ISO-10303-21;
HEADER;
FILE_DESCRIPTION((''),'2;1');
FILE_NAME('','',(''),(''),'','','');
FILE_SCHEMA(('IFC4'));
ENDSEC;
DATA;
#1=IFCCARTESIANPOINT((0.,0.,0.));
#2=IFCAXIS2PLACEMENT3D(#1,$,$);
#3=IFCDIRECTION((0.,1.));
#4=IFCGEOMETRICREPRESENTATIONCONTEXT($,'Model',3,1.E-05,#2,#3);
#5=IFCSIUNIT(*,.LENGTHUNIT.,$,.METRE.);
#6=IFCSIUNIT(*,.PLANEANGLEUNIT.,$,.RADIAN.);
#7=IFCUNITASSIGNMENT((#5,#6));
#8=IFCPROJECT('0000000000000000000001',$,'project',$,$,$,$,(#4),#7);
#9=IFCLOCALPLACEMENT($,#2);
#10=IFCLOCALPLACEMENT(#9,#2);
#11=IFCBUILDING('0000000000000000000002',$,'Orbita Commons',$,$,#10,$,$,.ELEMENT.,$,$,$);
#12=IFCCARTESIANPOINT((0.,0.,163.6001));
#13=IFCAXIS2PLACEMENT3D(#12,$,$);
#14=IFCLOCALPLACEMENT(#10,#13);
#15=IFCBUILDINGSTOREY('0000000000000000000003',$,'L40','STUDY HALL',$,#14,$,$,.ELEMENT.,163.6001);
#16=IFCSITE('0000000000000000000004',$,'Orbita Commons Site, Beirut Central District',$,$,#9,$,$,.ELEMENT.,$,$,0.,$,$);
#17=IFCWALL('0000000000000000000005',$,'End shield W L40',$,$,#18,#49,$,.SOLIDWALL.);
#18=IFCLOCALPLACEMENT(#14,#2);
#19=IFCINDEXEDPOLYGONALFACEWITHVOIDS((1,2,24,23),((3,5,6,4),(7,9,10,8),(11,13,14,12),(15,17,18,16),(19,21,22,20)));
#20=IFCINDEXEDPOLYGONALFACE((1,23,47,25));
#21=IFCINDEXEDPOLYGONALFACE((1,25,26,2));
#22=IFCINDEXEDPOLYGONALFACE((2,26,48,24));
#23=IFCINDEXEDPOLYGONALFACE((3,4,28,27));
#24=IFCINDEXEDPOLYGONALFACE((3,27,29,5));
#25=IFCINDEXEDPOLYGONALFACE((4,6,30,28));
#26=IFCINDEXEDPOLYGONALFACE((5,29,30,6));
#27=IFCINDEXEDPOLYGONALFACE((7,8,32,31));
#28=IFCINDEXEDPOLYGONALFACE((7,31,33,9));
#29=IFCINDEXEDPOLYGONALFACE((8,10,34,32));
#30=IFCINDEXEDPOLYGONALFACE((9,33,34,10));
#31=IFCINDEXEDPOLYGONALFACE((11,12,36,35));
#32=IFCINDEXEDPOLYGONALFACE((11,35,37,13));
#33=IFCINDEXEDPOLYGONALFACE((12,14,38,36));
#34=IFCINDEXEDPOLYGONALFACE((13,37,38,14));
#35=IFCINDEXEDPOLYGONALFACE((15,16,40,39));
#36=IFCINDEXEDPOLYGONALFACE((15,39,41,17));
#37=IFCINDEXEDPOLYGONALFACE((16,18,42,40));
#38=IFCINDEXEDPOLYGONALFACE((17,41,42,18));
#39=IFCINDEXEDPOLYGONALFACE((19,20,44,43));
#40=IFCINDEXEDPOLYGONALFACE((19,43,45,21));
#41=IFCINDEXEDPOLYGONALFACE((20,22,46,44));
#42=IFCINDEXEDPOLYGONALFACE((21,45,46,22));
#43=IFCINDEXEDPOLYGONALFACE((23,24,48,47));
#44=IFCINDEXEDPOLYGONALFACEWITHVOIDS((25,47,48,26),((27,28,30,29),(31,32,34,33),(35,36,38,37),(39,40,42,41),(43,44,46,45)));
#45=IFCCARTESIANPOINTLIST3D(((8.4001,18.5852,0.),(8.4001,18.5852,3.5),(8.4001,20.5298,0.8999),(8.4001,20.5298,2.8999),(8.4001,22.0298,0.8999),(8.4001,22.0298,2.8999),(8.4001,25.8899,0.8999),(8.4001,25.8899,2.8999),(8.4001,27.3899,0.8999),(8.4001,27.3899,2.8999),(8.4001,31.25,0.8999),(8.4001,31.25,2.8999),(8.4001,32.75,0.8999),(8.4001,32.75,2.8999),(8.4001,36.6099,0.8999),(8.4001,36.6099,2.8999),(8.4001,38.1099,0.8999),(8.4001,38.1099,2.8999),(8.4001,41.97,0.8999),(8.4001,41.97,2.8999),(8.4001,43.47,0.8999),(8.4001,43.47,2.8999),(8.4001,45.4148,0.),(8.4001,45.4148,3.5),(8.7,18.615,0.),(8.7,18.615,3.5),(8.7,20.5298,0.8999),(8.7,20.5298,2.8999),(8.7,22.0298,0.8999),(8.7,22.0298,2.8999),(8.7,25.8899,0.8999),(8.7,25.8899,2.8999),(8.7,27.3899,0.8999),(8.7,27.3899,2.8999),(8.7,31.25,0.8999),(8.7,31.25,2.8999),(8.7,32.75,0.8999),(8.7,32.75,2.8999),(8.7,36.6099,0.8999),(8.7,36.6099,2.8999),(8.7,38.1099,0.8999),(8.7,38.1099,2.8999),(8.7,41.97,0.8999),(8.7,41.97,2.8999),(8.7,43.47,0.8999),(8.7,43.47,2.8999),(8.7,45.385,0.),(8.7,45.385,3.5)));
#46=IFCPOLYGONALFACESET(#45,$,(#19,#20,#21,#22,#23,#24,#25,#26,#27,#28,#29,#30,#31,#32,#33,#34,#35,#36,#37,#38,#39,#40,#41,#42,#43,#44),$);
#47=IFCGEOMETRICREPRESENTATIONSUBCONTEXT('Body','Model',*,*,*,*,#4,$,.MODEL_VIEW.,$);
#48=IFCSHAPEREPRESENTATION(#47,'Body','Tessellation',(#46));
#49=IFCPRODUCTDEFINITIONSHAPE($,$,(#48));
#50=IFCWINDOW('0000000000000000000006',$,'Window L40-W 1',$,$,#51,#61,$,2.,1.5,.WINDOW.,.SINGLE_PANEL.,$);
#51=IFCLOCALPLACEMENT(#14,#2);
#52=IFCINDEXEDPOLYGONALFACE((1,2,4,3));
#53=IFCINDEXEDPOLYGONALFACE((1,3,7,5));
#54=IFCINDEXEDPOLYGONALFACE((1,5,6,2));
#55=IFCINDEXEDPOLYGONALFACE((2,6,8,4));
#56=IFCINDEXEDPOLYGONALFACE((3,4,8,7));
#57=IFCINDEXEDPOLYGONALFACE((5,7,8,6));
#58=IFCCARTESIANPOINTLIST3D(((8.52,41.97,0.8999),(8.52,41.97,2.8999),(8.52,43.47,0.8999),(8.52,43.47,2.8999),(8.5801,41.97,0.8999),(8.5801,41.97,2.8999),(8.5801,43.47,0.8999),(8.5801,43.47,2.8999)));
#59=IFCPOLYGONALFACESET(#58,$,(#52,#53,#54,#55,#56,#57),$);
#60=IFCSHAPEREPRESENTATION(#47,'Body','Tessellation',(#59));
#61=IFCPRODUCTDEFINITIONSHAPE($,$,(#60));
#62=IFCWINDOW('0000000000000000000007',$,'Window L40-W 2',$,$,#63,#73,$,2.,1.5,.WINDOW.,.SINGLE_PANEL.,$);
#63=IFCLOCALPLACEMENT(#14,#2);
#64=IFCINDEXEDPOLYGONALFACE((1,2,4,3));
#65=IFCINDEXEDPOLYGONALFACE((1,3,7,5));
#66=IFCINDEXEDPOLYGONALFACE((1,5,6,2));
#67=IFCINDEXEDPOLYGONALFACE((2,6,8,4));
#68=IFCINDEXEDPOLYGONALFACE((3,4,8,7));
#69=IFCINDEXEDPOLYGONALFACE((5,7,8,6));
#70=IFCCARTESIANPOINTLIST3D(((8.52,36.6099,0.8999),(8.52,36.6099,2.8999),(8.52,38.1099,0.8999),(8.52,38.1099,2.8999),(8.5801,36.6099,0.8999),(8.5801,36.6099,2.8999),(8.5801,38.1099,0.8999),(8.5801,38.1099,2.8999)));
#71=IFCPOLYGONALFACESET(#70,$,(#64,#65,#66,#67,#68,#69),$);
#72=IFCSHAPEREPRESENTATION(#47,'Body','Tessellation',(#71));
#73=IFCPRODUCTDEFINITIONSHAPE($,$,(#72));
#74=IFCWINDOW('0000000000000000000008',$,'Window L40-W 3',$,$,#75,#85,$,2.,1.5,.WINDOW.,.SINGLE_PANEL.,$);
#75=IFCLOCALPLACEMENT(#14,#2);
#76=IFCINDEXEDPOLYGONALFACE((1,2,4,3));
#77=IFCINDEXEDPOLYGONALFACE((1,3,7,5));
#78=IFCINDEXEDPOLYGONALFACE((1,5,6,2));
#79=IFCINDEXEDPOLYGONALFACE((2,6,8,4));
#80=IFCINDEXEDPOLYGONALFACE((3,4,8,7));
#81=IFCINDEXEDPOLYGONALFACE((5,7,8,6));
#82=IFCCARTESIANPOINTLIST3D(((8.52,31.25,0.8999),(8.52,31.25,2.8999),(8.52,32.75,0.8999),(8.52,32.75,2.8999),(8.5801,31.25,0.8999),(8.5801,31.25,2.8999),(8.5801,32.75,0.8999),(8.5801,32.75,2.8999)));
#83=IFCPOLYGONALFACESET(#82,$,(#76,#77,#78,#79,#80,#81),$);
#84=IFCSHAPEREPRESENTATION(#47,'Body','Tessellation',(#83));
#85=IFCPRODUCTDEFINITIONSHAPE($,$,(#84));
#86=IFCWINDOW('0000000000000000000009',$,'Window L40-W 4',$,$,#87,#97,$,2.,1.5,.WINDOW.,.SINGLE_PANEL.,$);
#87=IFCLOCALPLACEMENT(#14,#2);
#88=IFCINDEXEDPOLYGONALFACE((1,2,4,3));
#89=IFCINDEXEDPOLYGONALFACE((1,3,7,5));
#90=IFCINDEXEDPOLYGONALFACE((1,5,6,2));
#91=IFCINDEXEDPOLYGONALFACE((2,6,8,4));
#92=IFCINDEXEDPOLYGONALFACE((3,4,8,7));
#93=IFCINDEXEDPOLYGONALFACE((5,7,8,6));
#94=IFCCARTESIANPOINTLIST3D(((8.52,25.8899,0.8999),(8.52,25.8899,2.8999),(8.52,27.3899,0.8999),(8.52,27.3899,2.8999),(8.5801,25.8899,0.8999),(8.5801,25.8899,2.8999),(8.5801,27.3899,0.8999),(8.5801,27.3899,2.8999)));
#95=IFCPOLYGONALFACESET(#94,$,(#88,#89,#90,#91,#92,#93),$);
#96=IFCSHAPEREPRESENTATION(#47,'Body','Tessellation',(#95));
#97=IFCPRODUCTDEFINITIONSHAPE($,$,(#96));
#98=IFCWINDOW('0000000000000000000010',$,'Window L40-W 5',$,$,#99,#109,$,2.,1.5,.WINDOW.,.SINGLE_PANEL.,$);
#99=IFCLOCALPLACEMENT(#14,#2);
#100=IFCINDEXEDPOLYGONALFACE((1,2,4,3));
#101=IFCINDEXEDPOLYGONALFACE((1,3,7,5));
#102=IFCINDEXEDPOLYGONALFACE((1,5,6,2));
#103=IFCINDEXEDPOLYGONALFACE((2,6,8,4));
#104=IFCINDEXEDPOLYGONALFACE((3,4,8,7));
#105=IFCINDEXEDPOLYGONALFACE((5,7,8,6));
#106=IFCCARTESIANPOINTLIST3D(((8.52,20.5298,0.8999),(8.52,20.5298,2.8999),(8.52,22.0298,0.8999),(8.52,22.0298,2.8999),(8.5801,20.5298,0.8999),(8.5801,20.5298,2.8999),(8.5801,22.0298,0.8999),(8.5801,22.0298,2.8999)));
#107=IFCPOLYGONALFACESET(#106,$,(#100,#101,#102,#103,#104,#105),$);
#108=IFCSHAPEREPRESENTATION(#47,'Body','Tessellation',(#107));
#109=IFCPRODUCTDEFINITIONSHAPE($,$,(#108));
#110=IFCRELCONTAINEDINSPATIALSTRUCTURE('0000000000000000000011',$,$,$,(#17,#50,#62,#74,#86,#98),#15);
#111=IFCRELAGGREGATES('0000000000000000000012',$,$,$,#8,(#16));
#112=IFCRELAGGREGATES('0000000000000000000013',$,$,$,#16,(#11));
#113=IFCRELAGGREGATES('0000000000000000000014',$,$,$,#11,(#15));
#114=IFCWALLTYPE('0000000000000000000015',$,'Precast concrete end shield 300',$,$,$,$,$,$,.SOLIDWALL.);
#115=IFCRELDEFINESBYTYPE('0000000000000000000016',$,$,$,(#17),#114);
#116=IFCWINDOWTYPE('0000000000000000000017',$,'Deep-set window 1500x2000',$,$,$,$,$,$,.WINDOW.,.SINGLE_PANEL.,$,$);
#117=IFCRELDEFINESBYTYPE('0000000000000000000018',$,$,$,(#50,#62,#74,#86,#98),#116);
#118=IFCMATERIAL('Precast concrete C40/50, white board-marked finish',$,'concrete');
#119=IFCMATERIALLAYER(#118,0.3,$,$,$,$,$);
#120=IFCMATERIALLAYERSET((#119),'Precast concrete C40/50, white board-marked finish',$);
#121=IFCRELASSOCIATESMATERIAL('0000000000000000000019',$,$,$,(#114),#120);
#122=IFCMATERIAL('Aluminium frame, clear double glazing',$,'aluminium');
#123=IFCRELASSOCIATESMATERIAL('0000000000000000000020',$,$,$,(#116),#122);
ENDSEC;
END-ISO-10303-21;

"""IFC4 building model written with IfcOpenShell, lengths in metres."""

from ifc_helpers import new_model, si_unit, direction, frame, frame_2d, origin, place, context, subcontext, project, spatial, polyline, rectangle, outline, extrude, material, layer, layer_set, type_object, element, fill, save


model = new_model("IFC4")

# Units and contexts
model_context = context("Model", 3, precision=1e-05, world=origin(), true_north=direction((0.0, 1.0)))
body_context = subcontext(model_context, "Body", "Model", "MODEL_VIEW")
ifc_project = project(units=[si_unit("LENGTHUNIT", "METRE"), si_unit("PLANEANGLEUNIT", "RADIAN")], contexts=[model_context])

# Site, building, storey
site_placement = place(None, origin())
site = spatial("IfcSite", under=ifc_project, at=site_placement, Name="Orbita Commons Site, Beirut Central District", CompositionType="ELEMENT", RefElevation=0.0)
building_placement = place(site_placement, origin())
building = spatial("IfcBuilding", under=site, at=building_placement, Name="Orbita Commons", CompositionType="ELEMENT")
storey_placement = place(building_placement, frame((0.0, 0.0, 163.6001)))
storey = spatial("IfcBuildingStorey", under=building, at=storey_placement, Name="L40", Description="STUDY HALL", CompositionType="ELEMENT", Elevation=163.6001)

# Wall, openings, windows
ifc_material_1 = material(Name="Precast concrete C40/50, white board-marked finish", Category="concrete")
ifc_layer_1 = layer(ifc_material_1, 0.3)
ifc_layer_set_1 = layer_set([ifc_layer_1], Name="Precast concrete C40/50, white board-marked finish")
wall_type_1 = type_object("IfcWallType", Name="Precast concrete end shield 300", PredefinedType="SOLIDWALL", material=ifc_layer_set_1)
wall_1_placement = place(storey_placement, frame((8.55, 45.3999, 0.0), z_axis=(0.0, 0.0, 1.0), x_axis=(0.0, -1.0, 0.0)))
wall_1 = element("IfcWall", 1, at=wall_1_placement, inside=storey, type_object=wall_type_1, Name="End shield W L40", PredefinedType="SOLIDWALL", context=body_context, shape_type="SweptSolid", body=[
    extrude(outline(polyline([(-0.0149, -0.1499), (26.8147, -0.1499), (26.7849, 0.1499), (0.0149, 0.1499), (-0.0149, -0.1499)])), origin(), (0.0, 0.0, 1.0), 3.5),
])
opening_1_placement = place(wall_1_placement, frame((1.9299, 0.0, 0.8999)))
opening_1 = element("IfcOpeningElement", 2, at=opening_1_placement, cuts=wall_1, PredefinedType="OPENING", context=body_context, shape_type="SweptSolid", body=[
    extrude(rectangle(XDim=1.5, YDim=2.0, at=frame_2d((0.75, 1.0))), frame((0.0, 0.1599, 0.0), z_axis=(0.0, -1.0, 0.0), x_axis=(1.0, 0.0, 0.0)), (0.0, 0.0, 1.0), 0.3201),
])
opening_2_placement = place(wall_1_placement, frame((7.29, 0.0, 0.8999)))
opening_2 = element("IfcOpeningElement", 3, at=opening_2_placement, cuts=wall_1, PredefinedType="OPENING", context=body_context, shape_type="SweptSolid", body=[
    extrude(rectangle(XDim=1.5, YDim=2.0, at=frame_2d((0.75, 1.0))), frame((0.0, 0.1599, 0.0), z_axis=(0.0, -1.0, 0.0), x_axis=(1.0, 0.0, 0.0)), (0.0, 0.0, 1.0), 0.3201),
])
opening_3_placement = place(wall_1_placement, frame((12.6499, 0.0, 0.8999)))
opening_3 = element("IfcOpeningElement", 4, at=opening_3_placement, cuts=wall_1, PredefinedType="OPENING", context=body_context, shape_type="SweptSolid", body=[
    extrude(rectangle(XDim=1.5, YDim=2.0, at=frame_2d((0.75, 1.0))), frame((0.0, 0.1599, 0.0), z_axis=(0.0, -1.0, 0.0), x_axis=(1.0, 0.0, 0.0)), (0.0, 0.0, 1.0), 0.3201),
])
opening_4_placement = place(wall_1_placement, frame((18.01, 0.0, 0.8999)))
opening_4 = element("IfcOpeningElement", 5, at=opening_4_placement, cuts=wall_1, PredefinedType="OPENING", context=body_context, shape_type="SweptSolid", body=[
    extrude(rectangle(XDim=1.5, YDim=2.0, at=frame_2d((0.75, 1.0))), frame((0.0, 0.1599, 0.0), z_axis=(0.0, -1.0, 0.0), x_axis=(1.0, 0.0, 0.0)), (0.0, 0.0, 1.0), 0.3201),
])
opening_5_placement = place(wall_1_placement, frame((23.3701, 0.0, 0.8999)))
opening_5 = element("IfcOpeningElement", 6, at=opening_5_placement, cuts=wall_1, PredefinedType="OPENING", context=body_context, shape_type="SweptSolid", body=[
    extrude(rectangle(XDim=1.5, YDim=2.0, at=frame_2d((0.75, 1.0))), frame((0.0, 0.1599, 0.0), z_axis=(0.0, -1.0, 0.0), x_axis=(1.0, 0.0, 0.0)), (0.0, 0.0, 1.0), 0.3201),
])
ifc_material_2 = material(Name="Aluminium frame, clear double glazing", Category="aluminium")
window_type = type_object("IfcWindowType", Name="Deep-set window 1500x2000", PartitioningType="SINGLE_PANEL", PredefinedType="WINDOW", material=ifc_material_2)
window_1_placement = place(opening_1_placement, origin())
window_1 = element("IfcWindow", 7, at=window_1_placement, inside=storey, type_object=window_type, Name="Window L40-W 1", OverallHeight=2.0, OverallWidth=1.5, PartitioningType="SINGLE_PANEL", PredefinedType="WINDOW", context=body_context, shape_type="SweptSolid", body=[
    extrude(rectangle(XDim=1.5, YDim=2.0, at=frame_2d((0.75, 1.0))), frame((0.0, 0.03, 0.0), z_axis=(0.0, -1.0, 0.0), x_axis=(1.0, 0.0, 0.0)), (0.0, 0.0, 1.0), 0.0601),
])
fill(opening_1, window_1)
window_2_placement = place(opening_2_placement, origin())
window_2 = element("IfcWindow", 8, at=window_2_placement, inside=storey, type_object=window_type, Name="Window L40-W 2", OverallHeight=2.0, OverallWidth=1.5, PartitioningType="SINGLE_PANEL", PredefinedType="WINDOW", context=body_context, shape_type="SweptSolid", body=[
    extrude(rectangle(XDim=1.5, YDim=2.0, at=frame_2d((0.75, 1.0))), frame((0.0, 0.03, 0.0), z_axis=(0.0, -1.0, 0.0), x_axis=(1.0, 0.0, 0.0)), (0.0, 0.0, 1.0), 0.0601),
])
fill(opening_2, window_2)
window_3_placement = place(opening_3_placement, origin())
window_3 = element("IfcWindow", 9, at=window_3_placement, inside=storey, type_object=window_type, Name="Window L40-W 3", OverallHeight=2.0, OverallWidth=1.5, PartitioningType="SINGLE_PANEL", PredefinedType="WINDOW", context=body_context, shape_type="SweptSolid", body=[
    extrude(rectangle(XDim=1.5, YDim=2.0, at=frame_2d((0.75, 1.0))), frame((0.0, 0.03, 0.0), z_axis=(0.0, -1.0, 0.0), x_axis=(1.0, 0.0, 0.0)), (0.0, 0.0, 1.0), 0.0601),
])
fill(opening_3, window_3)
window_4_placement = place(opening_4_placement, origin())
window_4 = element("IfcWindow", 10, at=window_4_placement, inside=storey, type_object=window_type, Name="Window L40-W 4", OverallHeight=2.0, OverallWidth=1.5, PartitioningType="SINGLE_PANEL", PredefinedType="WINDOW", context=body_context, shape_type="SweptSolid", body=[
    extrude(rectangle(XDim=1.5, YDim=2.0, at=frame_2d((0.75, 1.0))), frame((0.0, 0.03, 0.0), z_axis=(0.0, -1.0, 0.0), x_axis=(1.0, 0.0, 0.0)), (0.0, 0.0, 1.0), 0.0601),
])
fill(opening_4, window_4)
window_5_placement = place(opening_5_placement, origin())
window_5 = element("IfcWindow", 11, at=window_5_placement, inside=storey, type_object=window_type, Name="Window L40-W 5", OverallHeight=2.0, OverallWidth=1.5, PartitioningType="SINGLE_PANEL", PredefinedType="WINDOW", context=body_context, shape_type="SweptSolid", body=[
    extrude(rectangle(XDim=1.5, YDim=2.0, at=frame_2d((0.75, 1.0))), frame((0.0, 0.03, 0.0), z_axis=(0.0, -1.0, 0.0), x_axis=(1.0, 0.0, 0.0)), (0.0, 0.0, 1.0), 0.0601),
])
fill(opening_5, window_5)

save(model, "model.ifc")
